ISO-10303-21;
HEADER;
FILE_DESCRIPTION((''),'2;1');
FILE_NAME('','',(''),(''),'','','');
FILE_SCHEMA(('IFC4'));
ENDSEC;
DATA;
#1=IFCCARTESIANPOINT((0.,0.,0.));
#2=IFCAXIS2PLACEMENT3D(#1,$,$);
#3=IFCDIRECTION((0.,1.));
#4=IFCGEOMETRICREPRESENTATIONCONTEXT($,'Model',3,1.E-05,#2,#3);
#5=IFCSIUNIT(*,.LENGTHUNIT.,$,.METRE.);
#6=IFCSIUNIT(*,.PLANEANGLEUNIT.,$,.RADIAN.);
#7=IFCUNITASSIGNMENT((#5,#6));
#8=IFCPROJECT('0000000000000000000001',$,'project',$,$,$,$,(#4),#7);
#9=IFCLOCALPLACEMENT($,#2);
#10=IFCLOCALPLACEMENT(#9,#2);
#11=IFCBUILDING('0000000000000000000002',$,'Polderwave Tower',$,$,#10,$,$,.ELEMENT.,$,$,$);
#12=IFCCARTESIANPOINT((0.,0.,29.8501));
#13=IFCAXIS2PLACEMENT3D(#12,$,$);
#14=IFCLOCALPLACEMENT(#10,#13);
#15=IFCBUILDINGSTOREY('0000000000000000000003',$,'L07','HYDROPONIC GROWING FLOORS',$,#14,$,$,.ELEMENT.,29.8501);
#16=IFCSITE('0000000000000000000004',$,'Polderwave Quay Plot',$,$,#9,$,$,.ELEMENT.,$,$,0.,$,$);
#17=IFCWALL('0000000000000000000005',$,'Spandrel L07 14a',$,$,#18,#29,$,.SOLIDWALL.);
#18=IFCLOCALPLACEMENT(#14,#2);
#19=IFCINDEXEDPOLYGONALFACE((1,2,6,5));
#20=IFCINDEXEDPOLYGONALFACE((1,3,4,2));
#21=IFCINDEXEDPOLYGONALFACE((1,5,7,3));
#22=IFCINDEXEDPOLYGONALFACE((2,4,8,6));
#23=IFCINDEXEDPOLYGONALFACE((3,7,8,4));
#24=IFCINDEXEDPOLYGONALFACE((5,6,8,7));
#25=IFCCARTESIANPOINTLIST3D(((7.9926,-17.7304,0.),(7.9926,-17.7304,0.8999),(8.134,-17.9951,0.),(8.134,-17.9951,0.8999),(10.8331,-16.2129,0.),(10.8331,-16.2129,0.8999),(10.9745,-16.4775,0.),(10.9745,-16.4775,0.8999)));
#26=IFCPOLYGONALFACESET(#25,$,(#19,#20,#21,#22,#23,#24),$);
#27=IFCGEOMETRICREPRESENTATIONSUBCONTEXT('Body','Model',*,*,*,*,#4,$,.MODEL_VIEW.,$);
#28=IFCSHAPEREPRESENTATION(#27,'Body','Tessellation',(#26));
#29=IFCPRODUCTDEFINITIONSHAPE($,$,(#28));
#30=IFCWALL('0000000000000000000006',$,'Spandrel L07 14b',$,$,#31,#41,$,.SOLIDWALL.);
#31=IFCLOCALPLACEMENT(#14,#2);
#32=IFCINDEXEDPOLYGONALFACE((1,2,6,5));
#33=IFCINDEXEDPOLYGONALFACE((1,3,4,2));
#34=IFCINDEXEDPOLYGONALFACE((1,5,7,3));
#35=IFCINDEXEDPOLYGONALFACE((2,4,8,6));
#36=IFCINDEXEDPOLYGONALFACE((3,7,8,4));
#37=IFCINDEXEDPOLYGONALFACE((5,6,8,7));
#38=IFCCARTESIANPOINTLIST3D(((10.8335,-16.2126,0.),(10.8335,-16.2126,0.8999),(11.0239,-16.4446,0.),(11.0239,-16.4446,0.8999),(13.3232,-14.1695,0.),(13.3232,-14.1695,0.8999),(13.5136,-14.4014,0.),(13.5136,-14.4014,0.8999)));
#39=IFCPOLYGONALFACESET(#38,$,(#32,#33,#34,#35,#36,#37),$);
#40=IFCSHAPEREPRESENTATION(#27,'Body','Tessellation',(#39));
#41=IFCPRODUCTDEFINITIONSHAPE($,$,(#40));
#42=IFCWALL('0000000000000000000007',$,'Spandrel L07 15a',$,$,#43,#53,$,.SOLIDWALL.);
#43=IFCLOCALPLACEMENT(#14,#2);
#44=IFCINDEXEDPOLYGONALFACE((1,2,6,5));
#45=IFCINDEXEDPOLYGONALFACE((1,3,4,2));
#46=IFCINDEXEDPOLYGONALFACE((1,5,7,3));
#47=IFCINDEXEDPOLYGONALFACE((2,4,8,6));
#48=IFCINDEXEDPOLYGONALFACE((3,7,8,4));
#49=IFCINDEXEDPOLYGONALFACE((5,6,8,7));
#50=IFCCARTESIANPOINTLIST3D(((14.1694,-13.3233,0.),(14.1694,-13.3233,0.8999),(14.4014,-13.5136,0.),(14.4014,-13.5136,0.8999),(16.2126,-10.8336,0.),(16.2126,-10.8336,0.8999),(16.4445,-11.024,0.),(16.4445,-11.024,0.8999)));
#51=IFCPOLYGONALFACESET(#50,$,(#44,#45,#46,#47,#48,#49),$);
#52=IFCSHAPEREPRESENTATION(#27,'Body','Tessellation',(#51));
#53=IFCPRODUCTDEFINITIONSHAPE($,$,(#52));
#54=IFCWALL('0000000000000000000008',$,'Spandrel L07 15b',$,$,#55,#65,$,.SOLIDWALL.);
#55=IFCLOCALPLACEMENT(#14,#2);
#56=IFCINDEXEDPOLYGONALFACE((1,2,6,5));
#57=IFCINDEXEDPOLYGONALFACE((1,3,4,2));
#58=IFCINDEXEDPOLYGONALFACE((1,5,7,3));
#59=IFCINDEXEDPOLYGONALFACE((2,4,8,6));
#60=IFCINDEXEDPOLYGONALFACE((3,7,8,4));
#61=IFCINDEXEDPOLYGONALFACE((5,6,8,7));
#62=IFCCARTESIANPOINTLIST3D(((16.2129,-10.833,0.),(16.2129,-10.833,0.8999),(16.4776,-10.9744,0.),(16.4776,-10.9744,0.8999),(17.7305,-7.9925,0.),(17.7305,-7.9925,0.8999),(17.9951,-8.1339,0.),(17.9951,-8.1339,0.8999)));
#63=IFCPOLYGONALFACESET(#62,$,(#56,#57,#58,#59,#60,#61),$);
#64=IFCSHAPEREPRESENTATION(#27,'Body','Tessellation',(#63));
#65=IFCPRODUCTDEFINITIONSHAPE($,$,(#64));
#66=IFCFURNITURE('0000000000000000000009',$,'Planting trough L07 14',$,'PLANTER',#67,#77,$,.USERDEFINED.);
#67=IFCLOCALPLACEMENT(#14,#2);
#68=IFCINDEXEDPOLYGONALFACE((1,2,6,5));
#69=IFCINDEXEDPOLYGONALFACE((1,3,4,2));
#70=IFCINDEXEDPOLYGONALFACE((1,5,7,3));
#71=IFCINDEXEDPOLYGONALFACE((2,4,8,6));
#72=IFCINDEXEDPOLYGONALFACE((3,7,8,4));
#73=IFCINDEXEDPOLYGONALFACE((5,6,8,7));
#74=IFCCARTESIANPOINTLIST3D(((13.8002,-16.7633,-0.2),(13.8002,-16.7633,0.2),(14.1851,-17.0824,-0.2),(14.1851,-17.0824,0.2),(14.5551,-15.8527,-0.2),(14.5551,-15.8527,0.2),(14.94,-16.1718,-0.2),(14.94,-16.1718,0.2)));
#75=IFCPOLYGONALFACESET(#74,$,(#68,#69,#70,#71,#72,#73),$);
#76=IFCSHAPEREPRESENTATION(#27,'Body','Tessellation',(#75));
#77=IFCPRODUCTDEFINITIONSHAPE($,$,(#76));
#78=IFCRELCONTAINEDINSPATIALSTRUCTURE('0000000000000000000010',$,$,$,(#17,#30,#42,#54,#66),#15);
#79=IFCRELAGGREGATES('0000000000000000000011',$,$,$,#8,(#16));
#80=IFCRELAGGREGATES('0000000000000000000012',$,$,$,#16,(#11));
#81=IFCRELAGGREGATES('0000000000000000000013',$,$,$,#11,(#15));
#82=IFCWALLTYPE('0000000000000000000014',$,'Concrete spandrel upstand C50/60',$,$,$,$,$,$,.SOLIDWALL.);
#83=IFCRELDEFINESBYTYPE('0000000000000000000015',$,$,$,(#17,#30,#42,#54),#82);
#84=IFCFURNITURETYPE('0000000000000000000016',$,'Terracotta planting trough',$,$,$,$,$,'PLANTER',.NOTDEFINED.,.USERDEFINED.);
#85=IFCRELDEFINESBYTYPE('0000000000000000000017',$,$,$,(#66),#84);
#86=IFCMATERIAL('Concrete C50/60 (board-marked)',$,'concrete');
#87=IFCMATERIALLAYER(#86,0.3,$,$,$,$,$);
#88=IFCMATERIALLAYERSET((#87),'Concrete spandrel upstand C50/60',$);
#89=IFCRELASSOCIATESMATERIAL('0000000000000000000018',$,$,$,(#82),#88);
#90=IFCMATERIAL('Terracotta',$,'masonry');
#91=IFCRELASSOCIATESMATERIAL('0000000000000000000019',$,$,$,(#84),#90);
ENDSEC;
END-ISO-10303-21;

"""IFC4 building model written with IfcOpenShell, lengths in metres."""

from ifc_helpers import new_model, si_unit, direction, frame, frame_2d, origin, origin_2d, place, context, subcontext, project, spatial, rectangle, extrude, material, layer, layer_set, type_object, element, save


model = new_model("IFC4")

# Units and contexts
model_context = context("Model", 3, precision=1e-05, world=origin(), true_north=direction((0.0, 1.0)))
body_context = subcontext(model_context, "Body", "Model", "MODEL_VIEW")
ifc_project = project(units=[si_unit("LENGTHUNIT", "METRE"), si_unit("PLANEANGLEUNIT", "RADIAN")], contexts=[model_context])

# Site, building, storey
site_placement = place(None, origin())
site = spatial("IfcSite", under=ifc_project, at=site_placement, Name="Polderwave Quay Plot", CompositionType="ELEMENT", RefElevation=0.0)
building_placement = place(site_placement, origin())
building = spatial("IfcBuilding", under=site, at=building_placement, Name="Polderwave Tower", CompositionType="ELEMENT")
storey_placement = place(building_placement, frame((0.0, 0.0, 29.8501)))
storey = spatial("IfcBuildingStorey", under=building, at=storey_placement, Name="L07", Description="HYDROPONIC GROWING FLOORS", CompositionType="ELEMENT", Elevation=29.8501)

# Walls
ifc_material_1 = material(Name="Concrete C50/60 (board-marked)", Category="concrete")
ifc_layer_1 = layer(ifc_material_1, 0.3)
ifc_layer_set_1 = layer_set([ifc_layer_1], Name="Concrete spandrel upstand C50/60")
wall_type = type_object("IfcWallType", Name="Concrete spandrel upstand C50/60", PredefinedType="SOLIDWALL", material=ifc_layer_set_1)
wall_1_placement = place(storey_placement, frame((8.0632, -17.8628, 0.0), z_axis=(0.0, 0.0, 1.0), x_axis=(0.882017, 0.471218, 0.0)))
element("IfcWall", 1, at=wall_1_placement, inside=storey, type_object=wall_type, Name="Spandrel L07 14a", PredefinedType="SOLIDWALL", context=body_context, shape_type="SweptSolid", body=[
    extrude(rectangle(XDim=3.2205, YDim=0.3, at=frame_2d((1.6104, 0.0))), origin(), (0.0, 0.0, 1.0), 0.8999),
])
for number, where, z_axis, x_axis, name in (
    (2, (10.9287, -16.3286, 0.0), (0.0, 0.0, 1.0), (0.773021, 0.63438, 0.0), "Spandrel L07 14b"),
    (3, (14.2854, -13.4185, 0.0), (0.0, 0.0, 1.0), (0.63438, 0.773021, 0.0), "Spandrel L07 15a"),
):
    element("IfcWall", number, at=place(storey_placement, frame(where, z_axis=z_axis, x_axis=x_axis)), inside=storey, type_object=wall_type, Name=name, PredefinedType="SOLIDWALL", context=body_context, shape_type="SweptSolid", body=[
        extrude(rectangle(XDim=3.2207, YDim=0.3, at=frame_2d((1.6104, 0.0))), origin(), (0.0, 0.0, 1.0), 0.8999),
    ])
wall_2_placement = place(storey_placement, frame((16.3452, -10.9038, 0.0), z_axis=(0.0, 0.0, 1.0), x_axis=(0.471218, 0.882017, 0.0)))
element("IfcWall", 4, at=wall_2_placement, inside=storey, type_object=wall_type, Name="Spandrel L07 15b", PredefinedType="SOLIDWALL", context=body_context, shape_type="SweptSolid", body=[
    extrude(rectangle(XDim=3.2205, YDim=0.3, at=frame_2d((1.6104, 0.0))), origin(), (0.0, 0.0, 1.0), 0.8999),
])

# Furniture
ifc_material_2 = material(Name="Terracotta", Category="masonry")
furniture_type = type_object("IfcFurnitureType", Name="Terracotta planting trough", ElementType="PLANTER", AssemblyPlace="NOTDEFINED", PredefinedType="USERDEFINED", material=ifc_material_2)
furniture_placement = place(storey_placement, frame((14.3701, -16.4675, -0.2), z_axis=(0.0, 0.0, 1.0), x_axis=(0.638209, 0.769863, 0.0)))
element("IfcFurniture", 5, at=furniture_placement, inside=storey, type_object=furniture_type, Name="Planting trough L07 14", ObjectType="PLANTER", PredefinedType="USERDEFINED", context=body_context, shape_type="SweptSolid", body=[
    extrude(rectangle(XDim=1.1829, YDim=0.5, at=origin_2d()), origin(), (0.0, 0.0, 1.0), 0.3999),
])

save(model, "model.ifc")
